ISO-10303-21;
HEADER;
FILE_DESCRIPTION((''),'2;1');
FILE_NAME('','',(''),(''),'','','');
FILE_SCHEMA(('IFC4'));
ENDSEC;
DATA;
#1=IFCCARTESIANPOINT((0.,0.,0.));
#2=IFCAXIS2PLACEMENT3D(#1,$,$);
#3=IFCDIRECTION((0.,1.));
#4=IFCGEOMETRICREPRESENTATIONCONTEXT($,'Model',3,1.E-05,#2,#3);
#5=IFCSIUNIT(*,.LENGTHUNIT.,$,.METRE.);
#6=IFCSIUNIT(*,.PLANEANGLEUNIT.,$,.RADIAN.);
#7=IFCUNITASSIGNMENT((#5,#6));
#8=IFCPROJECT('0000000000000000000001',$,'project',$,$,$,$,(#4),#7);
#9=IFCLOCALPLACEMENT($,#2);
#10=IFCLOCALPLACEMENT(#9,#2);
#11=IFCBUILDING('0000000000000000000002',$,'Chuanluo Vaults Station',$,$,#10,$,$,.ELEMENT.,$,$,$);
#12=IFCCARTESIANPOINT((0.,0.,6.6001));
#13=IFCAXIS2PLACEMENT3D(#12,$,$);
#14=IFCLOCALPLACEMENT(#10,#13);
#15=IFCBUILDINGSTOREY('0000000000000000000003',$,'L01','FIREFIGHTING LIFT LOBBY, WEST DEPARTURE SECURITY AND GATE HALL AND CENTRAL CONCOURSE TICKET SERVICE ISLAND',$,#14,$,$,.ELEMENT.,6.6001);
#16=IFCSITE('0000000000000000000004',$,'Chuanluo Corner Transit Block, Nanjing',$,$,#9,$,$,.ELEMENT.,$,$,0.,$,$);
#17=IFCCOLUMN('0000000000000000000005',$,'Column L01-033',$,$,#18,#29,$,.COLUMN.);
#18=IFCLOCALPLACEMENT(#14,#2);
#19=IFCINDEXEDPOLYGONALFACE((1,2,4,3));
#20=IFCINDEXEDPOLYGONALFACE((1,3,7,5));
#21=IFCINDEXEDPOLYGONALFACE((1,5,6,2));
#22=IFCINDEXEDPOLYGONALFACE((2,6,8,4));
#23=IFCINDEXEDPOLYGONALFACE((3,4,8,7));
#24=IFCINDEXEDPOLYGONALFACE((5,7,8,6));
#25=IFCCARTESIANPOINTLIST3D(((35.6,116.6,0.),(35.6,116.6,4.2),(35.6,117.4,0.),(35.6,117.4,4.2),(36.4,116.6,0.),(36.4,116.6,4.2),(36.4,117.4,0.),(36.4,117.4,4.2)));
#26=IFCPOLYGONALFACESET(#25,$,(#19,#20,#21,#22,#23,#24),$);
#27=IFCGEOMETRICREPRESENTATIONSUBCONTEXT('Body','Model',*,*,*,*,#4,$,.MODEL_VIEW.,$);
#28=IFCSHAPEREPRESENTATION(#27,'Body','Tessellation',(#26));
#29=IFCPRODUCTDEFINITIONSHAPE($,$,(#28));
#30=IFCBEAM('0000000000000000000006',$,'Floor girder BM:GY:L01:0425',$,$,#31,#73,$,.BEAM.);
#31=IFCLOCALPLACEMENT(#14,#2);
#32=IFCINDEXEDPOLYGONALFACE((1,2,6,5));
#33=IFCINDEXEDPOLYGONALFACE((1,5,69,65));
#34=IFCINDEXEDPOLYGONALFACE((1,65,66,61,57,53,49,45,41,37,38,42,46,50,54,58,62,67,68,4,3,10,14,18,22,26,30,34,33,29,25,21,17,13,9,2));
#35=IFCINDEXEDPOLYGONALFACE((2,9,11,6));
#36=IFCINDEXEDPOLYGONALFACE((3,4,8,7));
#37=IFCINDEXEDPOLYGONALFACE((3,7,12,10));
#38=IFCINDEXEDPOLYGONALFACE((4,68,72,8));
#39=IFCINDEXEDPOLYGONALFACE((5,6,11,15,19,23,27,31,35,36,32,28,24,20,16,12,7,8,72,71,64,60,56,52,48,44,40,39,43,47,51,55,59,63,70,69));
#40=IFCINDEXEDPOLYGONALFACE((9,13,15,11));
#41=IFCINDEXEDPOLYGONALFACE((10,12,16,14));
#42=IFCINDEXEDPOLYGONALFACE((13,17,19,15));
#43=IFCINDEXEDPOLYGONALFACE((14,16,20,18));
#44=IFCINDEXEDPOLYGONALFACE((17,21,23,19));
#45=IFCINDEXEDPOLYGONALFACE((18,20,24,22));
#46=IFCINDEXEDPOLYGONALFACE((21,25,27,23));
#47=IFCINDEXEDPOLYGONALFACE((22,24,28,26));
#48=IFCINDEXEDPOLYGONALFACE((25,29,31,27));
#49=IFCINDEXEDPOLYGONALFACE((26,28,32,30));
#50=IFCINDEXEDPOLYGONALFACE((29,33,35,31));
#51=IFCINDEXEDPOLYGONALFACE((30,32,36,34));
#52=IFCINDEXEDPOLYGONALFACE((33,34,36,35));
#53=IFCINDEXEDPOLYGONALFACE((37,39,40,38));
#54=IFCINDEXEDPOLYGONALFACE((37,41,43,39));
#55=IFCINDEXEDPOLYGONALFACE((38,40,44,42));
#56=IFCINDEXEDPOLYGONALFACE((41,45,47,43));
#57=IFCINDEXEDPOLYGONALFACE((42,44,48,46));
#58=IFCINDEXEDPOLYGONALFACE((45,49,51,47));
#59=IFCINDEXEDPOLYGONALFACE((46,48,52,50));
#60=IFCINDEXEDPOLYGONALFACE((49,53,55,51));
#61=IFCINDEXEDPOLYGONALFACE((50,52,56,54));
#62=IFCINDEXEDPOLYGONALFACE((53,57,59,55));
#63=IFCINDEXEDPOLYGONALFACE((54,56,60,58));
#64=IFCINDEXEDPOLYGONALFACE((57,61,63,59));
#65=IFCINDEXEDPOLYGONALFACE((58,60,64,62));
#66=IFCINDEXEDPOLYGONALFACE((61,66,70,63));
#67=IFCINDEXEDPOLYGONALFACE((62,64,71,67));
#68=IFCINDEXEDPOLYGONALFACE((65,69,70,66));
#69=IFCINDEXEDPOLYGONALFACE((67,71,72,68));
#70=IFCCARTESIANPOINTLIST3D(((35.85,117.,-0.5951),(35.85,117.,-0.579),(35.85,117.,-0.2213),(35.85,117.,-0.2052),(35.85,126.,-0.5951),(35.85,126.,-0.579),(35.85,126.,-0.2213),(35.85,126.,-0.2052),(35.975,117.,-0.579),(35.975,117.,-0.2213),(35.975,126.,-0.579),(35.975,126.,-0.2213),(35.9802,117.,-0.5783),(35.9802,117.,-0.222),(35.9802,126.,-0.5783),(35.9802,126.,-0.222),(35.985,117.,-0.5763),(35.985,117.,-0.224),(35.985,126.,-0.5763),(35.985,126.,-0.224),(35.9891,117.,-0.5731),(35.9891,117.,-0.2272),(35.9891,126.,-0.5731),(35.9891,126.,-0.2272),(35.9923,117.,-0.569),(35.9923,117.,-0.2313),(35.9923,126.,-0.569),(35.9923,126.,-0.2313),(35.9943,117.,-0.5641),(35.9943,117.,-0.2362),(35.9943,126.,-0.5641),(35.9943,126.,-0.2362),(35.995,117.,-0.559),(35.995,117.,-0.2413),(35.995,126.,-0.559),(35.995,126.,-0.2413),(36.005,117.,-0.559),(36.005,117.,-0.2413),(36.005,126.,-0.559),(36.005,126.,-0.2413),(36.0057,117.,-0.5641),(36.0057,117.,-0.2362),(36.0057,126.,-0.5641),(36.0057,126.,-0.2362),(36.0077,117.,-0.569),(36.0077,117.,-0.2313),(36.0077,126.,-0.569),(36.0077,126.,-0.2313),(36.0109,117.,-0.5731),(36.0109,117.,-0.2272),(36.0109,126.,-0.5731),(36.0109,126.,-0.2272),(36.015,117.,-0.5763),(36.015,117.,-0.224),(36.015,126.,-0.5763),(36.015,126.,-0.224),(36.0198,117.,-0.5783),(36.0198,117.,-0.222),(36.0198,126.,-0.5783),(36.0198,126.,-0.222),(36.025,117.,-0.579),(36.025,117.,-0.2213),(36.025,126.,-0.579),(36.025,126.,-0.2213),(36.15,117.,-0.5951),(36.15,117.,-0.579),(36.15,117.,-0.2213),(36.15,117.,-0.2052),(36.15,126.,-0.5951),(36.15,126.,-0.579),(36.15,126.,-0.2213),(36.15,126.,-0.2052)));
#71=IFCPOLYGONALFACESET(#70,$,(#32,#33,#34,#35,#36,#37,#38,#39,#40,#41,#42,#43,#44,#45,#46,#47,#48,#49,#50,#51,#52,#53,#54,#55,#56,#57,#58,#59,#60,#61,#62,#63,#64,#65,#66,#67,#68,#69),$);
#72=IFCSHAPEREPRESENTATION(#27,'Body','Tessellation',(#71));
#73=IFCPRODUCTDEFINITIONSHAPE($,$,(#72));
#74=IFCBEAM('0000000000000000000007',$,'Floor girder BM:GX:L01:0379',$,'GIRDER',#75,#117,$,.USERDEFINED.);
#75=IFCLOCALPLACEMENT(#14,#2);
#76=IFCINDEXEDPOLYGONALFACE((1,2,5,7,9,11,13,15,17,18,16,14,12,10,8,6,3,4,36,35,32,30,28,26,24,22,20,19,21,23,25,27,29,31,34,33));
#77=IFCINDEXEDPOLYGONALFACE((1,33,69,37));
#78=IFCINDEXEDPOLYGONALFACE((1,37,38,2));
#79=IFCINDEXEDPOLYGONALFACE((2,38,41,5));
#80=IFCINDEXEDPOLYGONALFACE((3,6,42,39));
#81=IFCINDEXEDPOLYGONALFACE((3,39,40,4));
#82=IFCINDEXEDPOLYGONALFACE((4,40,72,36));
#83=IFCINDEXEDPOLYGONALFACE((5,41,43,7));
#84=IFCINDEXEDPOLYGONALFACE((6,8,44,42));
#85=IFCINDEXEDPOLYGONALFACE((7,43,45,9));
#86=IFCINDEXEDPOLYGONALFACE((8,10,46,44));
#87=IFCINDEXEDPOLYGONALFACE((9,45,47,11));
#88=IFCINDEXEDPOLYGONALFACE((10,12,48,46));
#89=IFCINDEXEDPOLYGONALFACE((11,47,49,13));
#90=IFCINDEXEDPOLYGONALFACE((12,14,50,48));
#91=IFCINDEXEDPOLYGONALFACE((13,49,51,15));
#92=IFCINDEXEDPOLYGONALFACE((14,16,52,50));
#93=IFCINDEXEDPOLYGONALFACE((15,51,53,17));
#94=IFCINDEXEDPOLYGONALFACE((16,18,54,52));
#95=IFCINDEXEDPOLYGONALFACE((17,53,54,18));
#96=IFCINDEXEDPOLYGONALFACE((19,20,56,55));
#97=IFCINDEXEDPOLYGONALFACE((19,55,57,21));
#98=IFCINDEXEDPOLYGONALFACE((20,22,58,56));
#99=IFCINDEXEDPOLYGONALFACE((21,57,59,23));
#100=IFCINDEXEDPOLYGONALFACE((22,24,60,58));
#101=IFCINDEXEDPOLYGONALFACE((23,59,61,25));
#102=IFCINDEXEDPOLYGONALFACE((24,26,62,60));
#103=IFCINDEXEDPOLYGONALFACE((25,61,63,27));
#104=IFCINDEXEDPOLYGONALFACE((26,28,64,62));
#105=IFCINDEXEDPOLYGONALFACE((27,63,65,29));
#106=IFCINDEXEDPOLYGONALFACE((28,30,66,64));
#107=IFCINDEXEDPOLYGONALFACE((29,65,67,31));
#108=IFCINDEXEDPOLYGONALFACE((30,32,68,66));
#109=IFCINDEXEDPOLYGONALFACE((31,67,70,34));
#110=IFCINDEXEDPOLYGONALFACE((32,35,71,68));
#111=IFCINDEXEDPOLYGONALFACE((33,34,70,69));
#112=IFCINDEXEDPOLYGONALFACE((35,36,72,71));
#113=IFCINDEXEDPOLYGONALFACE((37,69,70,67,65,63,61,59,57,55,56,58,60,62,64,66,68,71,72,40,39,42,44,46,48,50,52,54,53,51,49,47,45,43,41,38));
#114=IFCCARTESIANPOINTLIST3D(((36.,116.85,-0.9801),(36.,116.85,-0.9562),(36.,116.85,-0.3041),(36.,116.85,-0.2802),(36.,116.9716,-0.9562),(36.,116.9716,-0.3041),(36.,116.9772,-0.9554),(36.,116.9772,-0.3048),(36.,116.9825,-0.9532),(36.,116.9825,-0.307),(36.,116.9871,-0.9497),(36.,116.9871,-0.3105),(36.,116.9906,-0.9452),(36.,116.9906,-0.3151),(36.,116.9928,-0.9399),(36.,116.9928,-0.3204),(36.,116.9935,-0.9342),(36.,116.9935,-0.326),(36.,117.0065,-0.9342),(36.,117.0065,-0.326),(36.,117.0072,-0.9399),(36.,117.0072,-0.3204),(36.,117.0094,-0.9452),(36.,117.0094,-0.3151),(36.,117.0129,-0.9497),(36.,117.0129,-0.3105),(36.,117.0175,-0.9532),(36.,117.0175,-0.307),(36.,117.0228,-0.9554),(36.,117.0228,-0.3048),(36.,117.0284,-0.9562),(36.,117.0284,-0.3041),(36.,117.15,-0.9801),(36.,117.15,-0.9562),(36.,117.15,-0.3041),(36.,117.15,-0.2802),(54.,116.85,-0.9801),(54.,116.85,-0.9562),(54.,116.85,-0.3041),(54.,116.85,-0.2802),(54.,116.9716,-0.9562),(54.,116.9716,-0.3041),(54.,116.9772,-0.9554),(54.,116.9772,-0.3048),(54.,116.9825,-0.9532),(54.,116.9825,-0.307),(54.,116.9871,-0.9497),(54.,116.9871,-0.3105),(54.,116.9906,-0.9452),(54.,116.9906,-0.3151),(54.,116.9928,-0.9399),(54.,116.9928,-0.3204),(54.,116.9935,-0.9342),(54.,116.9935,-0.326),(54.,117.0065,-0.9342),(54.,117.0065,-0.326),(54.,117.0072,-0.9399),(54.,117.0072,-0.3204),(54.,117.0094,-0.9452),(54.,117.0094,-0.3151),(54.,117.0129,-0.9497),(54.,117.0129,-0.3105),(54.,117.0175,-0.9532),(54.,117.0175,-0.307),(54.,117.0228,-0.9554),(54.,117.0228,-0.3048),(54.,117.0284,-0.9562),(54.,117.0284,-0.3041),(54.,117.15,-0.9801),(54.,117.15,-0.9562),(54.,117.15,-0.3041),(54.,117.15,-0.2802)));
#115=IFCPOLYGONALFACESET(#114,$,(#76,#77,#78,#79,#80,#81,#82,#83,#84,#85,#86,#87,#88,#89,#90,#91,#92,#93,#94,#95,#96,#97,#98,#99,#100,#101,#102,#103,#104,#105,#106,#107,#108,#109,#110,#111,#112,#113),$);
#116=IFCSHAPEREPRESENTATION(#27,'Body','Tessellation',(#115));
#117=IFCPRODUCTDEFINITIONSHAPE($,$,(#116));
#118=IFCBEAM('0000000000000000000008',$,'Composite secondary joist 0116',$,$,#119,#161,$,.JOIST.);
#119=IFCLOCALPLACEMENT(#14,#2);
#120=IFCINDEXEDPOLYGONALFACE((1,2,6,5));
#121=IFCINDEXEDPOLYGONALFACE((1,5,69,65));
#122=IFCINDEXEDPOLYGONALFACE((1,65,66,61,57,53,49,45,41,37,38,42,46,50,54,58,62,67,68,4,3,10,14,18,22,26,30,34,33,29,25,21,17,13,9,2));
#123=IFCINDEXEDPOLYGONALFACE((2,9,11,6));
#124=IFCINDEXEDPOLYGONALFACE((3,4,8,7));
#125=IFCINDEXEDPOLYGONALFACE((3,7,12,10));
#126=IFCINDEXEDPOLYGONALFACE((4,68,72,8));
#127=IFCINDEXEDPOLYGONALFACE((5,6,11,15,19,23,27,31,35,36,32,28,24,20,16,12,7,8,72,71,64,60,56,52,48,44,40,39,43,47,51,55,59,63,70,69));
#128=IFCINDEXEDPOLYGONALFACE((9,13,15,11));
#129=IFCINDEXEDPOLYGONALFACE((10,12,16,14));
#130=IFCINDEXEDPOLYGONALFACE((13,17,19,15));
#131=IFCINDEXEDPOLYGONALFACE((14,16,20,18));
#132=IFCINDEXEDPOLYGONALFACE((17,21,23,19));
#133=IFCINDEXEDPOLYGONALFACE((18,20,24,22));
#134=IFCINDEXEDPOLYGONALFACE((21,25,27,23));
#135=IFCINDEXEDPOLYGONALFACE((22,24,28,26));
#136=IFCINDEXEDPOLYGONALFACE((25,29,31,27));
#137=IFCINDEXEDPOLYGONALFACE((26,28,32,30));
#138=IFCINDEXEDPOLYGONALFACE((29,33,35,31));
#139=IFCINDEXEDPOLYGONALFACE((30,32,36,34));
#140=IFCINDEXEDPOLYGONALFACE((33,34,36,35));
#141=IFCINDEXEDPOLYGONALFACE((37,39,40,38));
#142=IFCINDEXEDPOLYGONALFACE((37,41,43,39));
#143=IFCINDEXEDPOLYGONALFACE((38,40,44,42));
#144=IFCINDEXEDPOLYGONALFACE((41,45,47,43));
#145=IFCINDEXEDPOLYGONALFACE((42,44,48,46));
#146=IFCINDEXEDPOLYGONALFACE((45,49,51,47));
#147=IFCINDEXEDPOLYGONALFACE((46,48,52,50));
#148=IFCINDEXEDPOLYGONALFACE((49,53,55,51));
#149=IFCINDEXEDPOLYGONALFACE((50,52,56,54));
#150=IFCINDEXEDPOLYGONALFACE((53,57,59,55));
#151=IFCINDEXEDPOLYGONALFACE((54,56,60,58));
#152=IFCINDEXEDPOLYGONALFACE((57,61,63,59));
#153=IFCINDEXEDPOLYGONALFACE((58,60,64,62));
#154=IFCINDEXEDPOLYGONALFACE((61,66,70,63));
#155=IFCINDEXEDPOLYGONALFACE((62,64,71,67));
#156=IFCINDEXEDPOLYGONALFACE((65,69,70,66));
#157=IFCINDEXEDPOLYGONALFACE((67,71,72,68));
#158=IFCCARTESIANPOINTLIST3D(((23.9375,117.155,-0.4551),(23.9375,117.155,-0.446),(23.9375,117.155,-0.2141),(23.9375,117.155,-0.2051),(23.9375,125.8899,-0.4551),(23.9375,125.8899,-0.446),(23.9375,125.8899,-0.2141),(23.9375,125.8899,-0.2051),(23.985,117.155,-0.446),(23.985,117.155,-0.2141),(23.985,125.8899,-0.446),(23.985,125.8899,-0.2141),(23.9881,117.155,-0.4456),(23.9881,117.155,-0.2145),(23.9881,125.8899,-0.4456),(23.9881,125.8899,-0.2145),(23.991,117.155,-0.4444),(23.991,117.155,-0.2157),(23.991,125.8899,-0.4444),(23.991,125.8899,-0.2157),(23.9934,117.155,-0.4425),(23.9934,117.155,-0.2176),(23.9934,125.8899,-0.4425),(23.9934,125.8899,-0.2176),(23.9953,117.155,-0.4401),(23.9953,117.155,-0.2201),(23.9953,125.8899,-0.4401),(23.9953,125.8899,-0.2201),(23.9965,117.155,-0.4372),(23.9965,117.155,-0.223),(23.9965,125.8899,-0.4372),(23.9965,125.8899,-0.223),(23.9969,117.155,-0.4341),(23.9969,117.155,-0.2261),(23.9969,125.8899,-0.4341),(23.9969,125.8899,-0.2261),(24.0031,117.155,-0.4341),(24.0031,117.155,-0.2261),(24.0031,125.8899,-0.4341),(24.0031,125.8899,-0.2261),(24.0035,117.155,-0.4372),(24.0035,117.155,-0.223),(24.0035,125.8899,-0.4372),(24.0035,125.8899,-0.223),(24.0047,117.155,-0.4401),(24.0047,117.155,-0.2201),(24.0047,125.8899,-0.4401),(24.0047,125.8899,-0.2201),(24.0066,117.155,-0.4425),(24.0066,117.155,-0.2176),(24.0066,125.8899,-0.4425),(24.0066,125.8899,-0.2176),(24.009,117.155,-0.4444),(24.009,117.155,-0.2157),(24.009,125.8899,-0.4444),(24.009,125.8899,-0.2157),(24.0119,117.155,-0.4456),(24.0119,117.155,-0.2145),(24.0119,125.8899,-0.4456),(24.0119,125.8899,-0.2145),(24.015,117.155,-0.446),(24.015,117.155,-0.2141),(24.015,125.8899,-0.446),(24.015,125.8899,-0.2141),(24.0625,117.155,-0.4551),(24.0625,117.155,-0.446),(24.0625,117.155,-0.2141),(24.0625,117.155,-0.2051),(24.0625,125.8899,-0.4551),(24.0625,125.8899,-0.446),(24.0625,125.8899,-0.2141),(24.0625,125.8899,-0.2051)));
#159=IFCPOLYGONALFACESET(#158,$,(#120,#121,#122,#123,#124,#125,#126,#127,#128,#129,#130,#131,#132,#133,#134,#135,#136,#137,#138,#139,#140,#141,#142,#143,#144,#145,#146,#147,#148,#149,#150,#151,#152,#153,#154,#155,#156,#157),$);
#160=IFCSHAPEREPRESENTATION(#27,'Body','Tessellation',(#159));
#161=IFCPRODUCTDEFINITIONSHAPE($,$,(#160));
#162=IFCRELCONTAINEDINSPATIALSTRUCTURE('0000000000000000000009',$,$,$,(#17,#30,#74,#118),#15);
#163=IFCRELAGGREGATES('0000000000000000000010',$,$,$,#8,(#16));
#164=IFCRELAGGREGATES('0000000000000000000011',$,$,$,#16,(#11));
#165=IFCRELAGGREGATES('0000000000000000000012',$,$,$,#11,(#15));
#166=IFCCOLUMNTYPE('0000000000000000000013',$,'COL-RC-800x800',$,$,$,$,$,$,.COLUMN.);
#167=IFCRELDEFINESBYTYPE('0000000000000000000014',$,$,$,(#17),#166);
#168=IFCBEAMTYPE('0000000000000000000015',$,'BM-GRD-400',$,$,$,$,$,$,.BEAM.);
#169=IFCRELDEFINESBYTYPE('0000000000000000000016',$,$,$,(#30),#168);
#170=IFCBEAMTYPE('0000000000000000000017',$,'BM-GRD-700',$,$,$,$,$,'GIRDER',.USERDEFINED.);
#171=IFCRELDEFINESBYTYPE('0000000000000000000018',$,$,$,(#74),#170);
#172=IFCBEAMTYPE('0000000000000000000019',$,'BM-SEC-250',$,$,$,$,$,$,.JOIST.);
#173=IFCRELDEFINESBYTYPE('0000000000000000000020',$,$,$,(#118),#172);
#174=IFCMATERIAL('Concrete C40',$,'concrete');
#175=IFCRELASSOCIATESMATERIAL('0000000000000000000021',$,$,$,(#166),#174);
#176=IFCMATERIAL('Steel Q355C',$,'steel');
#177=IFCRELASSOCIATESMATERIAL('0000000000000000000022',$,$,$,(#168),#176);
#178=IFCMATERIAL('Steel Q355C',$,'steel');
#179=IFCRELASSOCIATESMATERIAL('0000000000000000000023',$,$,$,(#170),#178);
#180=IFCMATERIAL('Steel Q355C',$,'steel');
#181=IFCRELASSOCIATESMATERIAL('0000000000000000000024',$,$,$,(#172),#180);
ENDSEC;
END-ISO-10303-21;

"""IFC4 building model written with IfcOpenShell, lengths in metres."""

from ifc_helpers import new_model, si_unit, direction, frame, origin, origin_2d, place, context, subcontext, project, spatial, rectangle, i_section, extrude, material, material_profile, profile_set, type_object, element, save


model = new_model("IFC4")

# Units and contexts
model_context = context("Model", 3, precision=1e-05, world=origin(), true_north=direction((0.0, 1.0)))
body_context = subcontext(model_context, "Body", "Model", "MODEL_VIEW")
ifc_project = project(units=[si_unit("LENGTHUNIT", "METRE"), si_unit("PLANEANGLEUNIT", "RADIAN")], contexts=[model_context])

# Site, building, storey
site_placement = place(None, origin())
site = spatial("IfcSite", under=ifc_project, at=site_placement, Name="Chuanluo Corner Transit Block, Nanjing", CompositionType="ELEMENT", RefElevation=0.0)
building_placement = place(site_placement, origin())
building = spatial("IfcBuilding", under=site, at=building_placement, Name="Chuanluo Vaults Station", CompositionType="ELEMENT")
storey_placement = place(building_placement, frame((0.0, 0.0, 6.6001)))
storey = spatial("IfcBuildingStorey", under=building, at=storey_placement, Name="L01", Description="FIREFIGHTING LIFT LOBBY, WEST DEPARTURE SECURITY AND GATE HALL AND CENTRAL CONCOURSE TICKET SERVICE ISLAND", CompositionType="ELEMENT", Elevation=6.6001)

# Column
ifc_material_1 = material(Name="Concrete C40", Category="concrete")
ifc_material_profile_1 = material_profile(ifc_material_1, rectangle(XDim=0.8, YDim=0.8, at=origin_2d()))
ifc_profile_set_1 = profile_set([ifc_material_profile_1], Name="Concrete C40")
column_type = type_object("IfcColumnType", Name="COL-RC-800x800", PredefinedType="COLUMN", material=ifc_profile_set_1)
column_placement = place(storey_placement, frame((36.0, 117.0, 0.0), z_axis=(0.0, 0.0, 1.0), x_axis=(1.0, 0.0, 0.0)))
element("IfcColumn", 1, at=column_placement, inside=storey, type_object=column_type, Name="Column L01-033", PredefinedType="COLUMN", context=body_context, shape_type="SweptSolid", body=[
    extrude(rectangle(XDim=0.8, YDim=0.8, at=origin_2d()), origin(), (0.0, 0.0, 1.0), 4.2),
])

# Beams
ifc_material_2 = material(Name="Steel Q355C", Category="steel")
ifc_material_profile_2 = material_profile(ifc_material_2, i_section(OverallWidth=0.3, OverallDepth=0.3899, WebThickness=0.01, FlangeThickness=0.0161, FilletRadius=0.02, at=origin_2d()))
ifc_profile_set_2 = profile_set([ifc_material_profile_2], Name="Steel Q355C")
beam_type_1 = type_object("IfcBeamType", Name="BM-GRD-400", PredefinedType="BEAM", material=ifc_profile_set_2)
beam_1_placement = place(storey_placement, frame((36.0, 117.0, -0.4001), z_axis=(0.0, 1.0, 0.0), x_axis=(-1.0, 0.0, 0.0)))
element("IfcBeam", 2, at=beam_1_placement, inside=storey, type_object=beam_type_1, Name="Floor girder BM:GY:L01:0425", PredefinedType="BEAM", context=body_context, shape_type="SweptSolid", body=[
    extrude(i_section(OverallWidth=0.3, OverallDepth=0.3899, WebThickness=0.01, FlangeThickness=0.0161, FilletRadius=0.02, at=origin_2d()), origin(), (0.0, 0.0, 1.0), 9.0),
])
ifc_material_3 = material(Name="Steel Q355C", Category="steel")
ifc_material_profile_3 = material_profile(ifc_material_3, i_section(OverallWidth=0.3, OverallDepth=0.7, WebThickness=0.0129, FlangeThickness=0.0239, FilletRadius=0.022, at=origin_2d()))
ifc_profile_set_3 = profile_set([ifc_material_profile_3], Name="Steel Q355C")
beam_type_2 = type_object("IfcBeamType", Name="BM-GRD-700", ElementType="GIRDER", PredefinedType="USERDEFINED", material=ifc_profile_set_3)
beam_2_placement = place(storey_placement, frame((36.0, 117.0, -0.6301), z_axis=(1.0, 0.0, 0.0), x_axis=(0.0, 1.0, 0.0)))
element("IfcBeam", 3, at=beam_2_placement, inside=storey, type_object=beam_type_2, Name="Floor girder BM:GX:L01:0379", ObjectType="GIRDER", PredefinedType="USERDEFINED", context=body_context, shape_type="SweptSolid", body=[
    extrude(i_section(OverallWidth=0.3, OverallDepth=0.7, WebThickness=0.0129, FlangeThickness=0.0239, FilletRadius=0.022, at=origin_2d()), origin(), (0.0, 0.0, 1.0), 18.0),
])
ifc_material_4 = material(Name="Steel Q355C", Category="steel")
ifc_material_profile_4 = material_profile(ifc_material_4, i_section(OverallWidth=0.125, OverallDepth=0.25, WebThickness=0.0061, FlangeThickness=0.009, FilletRadius=0.012, at=origin_2d()))
ifc_profile_set_4 = profile_set([ifc_material_profile_4], Name="Steel Q355C")
beam_type_3 = type_object("IfcBeamType", Name="BM-SEC-250", PredefinedType="JOIST", material=ifc_profile_set_4)
for number, where, z_axis, x_axis, name in (
    (4, (24.0, 117.155, -0.3301), (0.0, 1.0, 0.0), (-1.0, 0.0, 0.0), "Composite secondary joist 0116"),
):
    element("IfcBeam", number, at=place(storey_placement, frame(where, z_axis=z_axis, x_axis=x_axis)), inside=storey, type_object=beam_type_3, Name=name, PredefinedType="JOIST", context=body_context, shape_type="SweptSolid", body=[
        extrude(i_section(OverallWidth=0.125, OverallDepth=0.25, WebThickness=0.0061, FlangeThickness=0.009, FilletRadius=0.012, at=origin_2d()), origin(), (0.0, 0.0, 1.0), 8.7349),
    ])

save(model, "model.ifc")
